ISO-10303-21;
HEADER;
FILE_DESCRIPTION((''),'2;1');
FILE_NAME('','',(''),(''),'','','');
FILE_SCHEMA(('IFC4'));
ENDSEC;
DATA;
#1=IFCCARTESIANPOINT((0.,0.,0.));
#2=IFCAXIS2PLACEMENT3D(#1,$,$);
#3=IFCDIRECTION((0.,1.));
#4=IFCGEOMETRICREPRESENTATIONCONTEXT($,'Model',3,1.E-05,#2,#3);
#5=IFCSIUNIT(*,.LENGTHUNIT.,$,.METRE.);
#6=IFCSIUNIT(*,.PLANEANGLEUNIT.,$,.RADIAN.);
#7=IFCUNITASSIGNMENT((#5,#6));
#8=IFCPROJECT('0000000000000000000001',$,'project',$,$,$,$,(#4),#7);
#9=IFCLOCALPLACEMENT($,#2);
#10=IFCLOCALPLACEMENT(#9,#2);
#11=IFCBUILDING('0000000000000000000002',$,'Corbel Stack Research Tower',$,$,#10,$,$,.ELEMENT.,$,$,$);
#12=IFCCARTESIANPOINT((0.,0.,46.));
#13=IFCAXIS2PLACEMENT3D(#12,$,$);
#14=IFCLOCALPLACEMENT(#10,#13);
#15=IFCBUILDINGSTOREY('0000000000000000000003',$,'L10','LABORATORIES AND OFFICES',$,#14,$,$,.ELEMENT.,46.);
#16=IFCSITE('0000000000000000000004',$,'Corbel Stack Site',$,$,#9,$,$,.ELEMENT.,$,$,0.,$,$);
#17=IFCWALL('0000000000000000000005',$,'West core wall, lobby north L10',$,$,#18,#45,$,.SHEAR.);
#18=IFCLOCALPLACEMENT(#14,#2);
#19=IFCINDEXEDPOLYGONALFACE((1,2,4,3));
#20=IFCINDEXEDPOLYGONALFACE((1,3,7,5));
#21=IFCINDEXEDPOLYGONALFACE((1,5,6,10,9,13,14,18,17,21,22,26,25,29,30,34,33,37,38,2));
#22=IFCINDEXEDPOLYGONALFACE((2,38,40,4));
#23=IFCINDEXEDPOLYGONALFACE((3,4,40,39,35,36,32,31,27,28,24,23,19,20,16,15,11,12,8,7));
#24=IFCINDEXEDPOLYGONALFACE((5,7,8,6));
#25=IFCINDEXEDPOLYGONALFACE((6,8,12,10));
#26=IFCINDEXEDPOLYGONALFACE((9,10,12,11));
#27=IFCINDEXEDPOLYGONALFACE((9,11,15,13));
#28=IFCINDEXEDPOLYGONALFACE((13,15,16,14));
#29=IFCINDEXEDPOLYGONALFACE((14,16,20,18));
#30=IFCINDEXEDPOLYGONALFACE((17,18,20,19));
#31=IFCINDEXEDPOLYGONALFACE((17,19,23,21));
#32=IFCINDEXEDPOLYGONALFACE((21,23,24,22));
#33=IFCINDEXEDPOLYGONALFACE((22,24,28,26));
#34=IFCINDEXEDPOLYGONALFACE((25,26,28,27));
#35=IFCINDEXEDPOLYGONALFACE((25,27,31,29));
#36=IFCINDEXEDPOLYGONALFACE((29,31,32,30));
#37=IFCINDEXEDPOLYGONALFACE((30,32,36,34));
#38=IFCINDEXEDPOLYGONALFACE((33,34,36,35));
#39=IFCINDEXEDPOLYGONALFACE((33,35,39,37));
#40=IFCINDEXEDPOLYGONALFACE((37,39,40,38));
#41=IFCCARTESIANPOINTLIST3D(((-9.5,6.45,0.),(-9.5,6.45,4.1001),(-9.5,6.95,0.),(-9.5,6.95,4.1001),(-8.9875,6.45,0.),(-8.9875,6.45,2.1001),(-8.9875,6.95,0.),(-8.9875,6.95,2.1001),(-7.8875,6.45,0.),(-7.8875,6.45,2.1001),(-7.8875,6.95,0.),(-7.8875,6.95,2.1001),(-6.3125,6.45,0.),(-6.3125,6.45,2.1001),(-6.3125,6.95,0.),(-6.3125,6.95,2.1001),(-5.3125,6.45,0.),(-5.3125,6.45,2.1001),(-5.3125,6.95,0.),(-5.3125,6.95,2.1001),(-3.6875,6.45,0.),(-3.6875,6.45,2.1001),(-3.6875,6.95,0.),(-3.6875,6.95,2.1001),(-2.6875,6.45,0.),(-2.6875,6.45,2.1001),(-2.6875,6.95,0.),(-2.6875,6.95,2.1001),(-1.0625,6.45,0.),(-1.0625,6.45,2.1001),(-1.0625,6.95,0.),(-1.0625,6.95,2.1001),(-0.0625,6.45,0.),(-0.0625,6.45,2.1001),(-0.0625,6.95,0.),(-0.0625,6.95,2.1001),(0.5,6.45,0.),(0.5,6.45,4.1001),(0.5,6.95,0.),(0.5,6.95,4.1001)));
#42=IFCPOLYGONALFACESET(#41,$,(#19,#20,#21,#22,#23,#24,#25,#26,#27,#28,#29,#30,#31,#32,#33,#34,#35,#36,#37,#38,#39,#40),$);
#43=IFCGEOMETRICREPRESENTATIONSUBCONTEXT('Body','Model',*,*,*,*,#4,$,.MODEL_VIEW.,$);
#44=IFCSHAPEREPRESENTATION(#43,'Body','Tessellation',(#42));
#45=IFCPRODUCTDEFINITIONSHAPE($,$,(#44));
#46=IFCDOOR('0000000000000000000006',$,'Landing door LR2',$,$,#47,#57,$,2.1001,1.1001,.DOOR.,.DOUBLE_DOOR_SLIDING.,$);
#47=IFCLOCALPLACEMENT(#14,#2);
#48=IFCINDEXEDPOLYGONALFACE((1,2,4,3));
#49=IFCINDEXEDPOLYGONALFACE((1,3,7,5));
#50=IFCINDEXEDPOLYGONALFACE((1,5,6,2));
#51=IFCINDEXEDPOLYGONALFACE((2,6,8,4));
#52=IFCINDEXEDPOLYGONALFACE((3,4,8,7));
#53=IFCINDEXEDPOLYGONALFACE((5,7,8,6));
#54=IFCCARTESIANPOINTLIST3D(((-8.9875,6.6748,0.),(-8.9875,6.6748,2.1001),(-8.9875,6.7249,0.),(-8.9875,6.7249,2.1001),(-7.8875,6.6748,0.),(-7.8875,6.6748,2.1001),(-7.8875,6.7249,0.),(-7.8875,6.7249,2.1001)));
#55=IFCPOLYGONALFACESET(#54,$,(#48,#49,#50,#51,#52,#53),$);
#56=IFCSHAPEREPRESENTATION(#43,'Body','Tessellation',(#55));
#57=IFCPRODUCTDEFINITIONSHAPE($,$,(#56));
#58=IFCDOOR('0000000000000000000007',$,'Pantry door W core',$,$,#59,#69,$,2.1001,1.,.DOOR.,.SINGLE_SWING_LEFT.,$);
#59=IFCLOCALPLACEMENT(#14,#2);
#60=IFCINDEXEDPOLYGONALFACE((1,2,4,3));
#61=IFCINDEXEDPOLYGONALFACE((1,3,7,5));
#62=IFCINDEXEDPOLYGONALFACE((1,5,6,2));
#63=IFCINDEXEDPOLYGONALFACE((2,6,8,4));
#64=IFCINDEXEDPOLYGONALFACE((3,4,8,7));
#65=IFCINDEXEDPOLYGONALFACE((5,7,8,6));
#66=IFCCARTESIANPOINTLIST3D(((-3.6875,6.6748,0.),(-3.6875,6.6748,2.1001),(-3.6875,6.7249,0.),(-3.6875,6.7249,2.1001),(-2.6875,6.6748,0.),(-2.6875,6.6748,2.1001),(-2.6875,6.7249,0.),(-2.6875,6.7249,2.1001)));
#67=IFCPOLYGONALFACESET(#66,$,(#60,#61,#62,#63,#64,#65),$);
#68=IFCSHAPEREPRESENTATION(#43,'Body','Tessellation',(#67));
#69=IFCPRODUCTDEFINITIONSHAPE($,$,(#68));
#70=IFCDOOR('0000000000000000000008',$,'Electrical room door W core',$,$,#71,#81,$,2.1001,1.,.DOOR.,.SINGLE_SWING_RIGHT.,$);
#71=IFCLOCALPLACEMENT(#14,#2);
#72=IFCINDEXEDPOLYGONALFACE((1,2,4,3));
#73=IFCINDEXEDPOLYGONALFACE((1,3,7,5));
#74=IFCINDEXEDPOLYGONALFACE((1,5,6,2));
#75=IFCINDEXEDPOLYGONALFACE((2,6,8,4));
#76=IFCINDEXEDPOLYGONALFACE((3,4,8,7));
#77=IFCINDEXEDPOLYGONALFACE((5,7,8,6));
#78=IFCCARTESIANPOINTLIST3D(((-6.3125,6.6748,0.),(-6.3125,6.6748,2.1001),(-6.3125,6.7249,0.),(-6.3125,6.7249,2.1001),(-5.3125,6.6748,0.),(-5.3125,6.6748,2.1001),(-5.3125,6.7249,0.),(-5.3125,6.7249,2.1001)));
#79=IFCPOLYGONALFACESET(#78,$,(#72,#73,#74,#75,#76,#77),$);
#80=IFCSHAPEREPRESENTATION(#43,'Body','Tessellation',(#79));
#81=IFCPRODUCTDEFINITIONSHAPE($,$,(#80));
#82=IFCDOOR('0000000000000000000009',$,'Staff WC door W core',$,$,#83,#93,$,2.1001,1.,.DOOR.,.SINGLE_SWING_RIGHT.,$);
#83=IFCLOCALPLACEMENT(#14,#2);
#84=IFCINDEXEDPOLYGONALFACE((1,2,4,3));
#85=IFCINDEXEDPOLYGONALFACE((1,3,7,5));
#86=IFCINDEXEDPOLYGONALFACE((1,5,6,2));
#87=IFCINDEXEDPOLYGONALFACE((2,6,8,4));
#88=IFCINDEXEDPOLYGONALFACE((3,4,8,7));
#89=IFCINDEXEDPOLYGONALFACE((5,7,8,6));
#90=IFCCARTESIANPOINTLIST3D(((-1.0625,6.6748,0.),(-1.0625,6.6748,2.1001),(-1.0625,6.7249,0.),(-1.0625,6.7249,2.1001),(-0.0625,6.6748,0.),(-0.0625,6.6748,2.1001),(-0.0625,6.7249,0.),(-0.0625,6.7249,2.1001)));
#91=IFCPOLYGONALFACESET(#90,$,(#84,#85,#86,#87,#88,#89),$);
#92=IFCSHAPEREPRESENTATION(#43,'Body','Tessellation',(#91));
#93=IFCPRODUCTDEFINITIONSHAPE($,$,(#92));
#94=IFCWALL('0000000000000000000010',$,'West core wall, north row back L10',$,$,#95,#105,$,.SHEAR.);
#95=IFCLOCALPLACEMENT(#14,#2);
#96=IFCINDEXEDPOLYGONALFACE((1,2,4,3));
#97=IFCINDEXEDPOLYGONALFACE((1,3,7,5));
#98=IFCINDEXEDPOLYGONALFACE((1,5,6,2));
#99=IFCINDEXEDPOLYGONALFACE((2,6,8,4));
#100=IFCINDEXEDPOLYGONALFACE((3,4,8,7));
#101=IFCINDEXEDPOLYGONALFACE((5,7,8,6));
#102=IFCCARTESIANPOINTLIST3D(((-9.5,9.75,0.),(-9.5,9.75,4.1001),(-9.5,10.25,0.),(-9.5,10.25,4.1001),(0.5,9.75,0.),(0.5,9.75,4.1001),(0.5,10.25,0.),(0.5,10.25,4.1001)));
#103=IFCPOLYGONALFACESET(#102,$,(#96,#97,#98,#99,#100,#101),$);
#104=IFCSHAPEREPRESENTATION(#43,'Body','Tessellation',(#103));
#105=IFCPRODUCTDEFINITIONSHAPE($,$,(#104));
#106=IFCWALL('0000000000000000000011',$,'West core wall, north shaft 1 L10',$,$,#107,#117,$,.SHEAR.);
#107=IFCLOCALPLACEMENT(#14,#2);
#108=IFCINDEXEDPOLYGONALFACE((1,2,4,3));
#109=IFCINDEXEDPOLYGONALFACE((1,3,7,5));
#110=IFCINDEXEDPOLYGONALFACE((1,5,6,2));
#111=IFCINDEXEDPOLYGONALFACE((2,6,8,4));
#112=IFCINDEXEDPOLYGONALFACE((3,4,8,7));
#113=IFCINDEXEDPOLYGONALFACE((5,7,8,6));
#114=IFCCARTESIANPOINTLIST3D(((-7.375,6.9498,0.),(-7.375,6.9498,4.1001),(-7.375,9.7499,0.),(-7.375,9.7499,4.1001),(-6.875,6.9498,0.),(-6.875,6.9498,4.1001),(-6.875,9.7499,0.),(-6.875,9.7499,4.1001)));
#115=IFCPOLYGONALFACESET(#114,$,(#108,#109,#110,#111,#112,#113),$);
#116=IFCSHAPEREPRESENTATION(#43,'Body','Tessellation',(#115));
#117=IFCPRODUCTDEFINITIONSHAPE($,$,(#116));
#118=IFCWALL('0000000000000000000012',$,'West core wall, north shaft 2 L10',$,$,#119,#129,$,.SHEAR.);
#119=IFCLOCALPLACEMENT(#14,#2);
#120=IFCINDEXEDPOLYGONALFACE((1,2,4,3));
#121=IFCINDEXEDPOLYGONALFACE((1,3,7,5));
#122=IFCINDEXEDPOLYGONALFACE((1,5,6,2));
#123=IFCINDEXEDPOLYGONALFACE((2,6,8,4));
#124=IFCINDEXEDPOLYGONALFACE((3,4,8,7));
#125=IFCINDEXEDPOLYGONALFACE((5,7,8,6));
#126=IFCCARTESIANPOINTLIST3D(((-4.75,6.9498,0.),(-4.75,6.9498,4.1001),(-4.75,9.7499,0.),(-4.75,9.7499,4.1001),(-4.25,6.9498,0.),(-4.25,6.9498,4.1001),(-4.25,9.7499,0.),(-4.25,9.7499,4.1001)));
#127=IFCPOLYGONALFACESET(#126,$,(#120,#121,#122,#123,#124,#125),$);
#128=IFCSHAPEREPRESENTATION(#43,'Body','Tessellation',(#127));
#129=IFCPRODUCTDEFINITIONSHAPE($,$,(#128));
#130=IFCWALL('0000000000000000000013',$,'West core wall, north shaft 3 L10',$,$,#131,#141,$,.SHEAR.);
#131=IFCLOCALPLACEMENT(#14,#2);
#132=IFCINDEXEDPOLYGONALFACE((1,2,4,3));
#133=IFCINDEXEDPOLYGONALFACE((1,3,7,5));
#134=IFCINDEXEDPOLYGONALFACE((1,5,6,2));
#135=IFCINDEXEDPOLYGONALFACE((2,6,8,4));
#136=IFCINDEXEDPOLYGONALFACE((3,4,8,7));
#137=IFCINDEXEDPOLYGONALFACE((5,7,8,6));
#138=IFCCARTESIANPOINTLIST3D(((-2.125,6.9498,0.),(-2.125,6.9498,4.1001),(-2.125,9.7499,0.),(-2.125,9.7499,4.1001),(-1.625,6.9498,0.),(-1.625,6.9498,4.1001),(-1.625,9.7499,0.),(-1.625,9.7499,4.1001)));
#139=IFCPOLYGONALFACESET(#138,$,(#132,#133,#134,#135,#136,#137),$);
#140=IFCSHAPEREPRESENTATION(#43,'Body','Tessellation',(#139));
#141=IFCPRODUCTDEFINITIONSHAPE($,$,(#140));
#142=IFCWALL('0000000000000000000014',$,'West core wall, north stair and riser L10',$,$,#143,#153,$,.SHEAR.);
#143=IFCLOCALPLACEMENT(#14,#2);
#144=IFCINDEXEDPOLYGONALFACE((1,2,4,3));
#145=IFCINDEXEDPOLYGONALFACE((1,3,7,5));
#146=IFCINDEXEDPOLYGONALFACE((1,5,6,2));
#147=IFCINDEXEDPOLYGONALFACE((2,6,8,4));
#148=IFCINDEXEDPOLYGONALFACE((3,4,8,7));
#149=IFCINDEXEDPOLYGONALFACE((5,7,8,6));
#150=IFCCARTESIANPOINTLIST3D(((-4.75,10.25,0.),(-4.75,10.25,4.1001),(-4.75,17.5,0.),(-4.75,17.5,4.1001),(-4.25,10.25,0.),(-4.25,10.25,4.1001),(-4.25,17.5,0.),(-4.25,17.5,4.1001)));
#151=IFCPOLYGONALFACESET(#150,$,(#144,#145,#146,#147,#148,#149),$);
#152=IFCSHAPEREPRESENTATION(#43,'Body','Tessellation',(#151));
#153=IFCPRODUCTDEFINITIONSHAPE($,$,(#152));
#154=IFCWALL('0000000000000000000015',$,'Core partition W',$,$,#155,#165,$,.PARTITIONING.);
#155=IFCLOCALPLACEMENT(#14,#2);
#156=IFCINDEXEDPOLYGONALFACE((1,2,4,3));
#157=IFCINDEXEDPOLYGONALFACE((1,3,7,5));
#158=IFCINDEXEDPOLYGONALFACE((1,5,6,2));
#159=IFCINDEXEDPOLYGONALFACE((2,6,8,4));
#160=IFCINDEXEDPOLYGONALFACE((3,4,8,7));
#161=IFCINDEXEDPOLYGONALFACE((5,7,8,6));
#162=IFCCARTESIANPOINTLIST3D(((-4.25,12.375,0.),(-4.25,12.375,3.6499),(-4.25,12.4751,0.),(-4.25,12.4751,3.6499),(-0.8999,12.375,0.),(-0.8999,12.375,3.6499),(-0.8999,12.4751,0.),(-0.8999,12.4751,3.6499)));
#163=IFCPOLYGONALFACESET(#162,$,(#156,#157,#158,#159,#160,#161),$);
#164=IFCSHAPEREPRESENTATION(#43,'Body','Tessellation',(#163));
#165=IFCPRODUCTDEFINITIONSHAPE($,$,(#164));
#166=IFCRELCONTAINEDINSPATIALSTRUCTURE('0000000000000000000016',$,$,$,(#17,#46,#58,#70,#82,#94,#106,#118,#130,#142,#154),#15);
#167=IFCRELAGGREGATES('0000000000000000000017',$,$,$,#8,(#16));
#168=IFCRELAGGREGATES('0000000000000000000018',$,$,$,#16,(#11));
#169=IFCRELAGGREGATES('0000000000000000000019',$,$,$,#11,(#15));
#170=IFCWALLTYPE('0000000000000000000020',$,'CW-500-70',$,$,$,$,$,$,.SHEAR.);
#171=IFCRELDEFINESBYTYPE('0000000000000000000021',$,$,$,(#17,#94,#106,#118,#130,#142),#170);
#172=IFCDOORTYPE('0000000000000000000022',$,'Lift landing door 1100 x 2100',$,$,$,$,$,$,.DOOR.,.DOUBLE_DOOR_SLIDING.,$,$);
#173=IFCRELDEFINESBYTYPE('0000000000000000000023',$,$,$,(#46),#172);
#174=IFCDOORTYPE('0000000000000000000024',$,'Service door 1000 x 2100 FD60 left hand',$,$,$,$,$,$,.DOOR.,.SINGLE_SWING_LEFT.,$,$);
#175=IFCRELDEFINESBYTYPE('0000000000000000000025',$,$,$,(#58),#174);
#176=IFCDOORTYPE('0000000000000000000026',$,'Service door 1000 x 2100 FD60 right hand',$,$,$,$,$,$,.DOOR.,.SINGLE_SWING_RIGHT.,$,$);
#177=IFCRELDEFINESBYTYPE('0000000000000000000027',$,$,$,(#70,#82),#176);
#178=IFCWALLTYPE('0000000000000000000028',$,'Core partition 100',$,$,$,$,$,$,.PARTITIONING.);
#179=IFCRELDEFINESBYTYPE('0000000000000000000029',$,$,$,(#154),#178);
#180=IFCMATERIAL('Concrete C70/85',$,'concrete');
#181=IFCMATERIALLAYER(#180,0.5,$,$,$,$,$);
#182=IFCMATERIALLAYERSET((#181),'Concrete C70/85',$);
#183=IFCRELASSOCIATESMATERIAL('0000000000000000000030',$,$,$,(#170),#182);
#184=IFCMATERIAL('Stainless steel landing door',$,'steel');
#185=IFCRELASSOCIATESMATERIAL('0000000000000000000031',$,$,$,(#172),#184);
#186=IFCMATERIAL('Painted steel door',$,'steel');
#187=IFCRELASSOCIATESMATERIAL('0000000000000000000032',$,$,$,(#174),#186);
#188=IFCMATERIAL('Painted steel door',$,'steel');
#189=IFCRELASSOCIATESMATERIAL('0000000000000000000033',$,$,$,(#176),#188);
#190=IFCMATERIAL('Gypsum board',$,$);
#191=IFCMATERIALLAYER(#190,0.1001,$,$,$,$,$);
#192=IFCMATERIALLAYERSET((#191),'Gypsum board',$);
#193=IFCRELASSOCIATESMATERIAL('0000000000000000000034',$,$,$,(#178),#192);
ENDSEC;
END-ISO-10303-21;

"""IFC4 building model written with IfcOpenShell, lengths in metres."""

from ifc_helpers import new_model, si_unit, direction, frame, frame_2d, origin, place, context, subcontext, project, spatial, rectangle, extrude, material, layer, layer_set, type_object, element, fill, save


model = new_model("IFC4")

# Units and contexts
model_context = context("Model", 3, precision=1e-05, world=origin(), true_north=direction((0.0, 1.0)))
body_context = subcontext(model_context, "Body", "Model", "MODEL_VIEW")
ifc_project = project(units=[si_unit("LENGTHUNIT", "METRE"), si_unit("PLANEANGLEUNIT", "RADIAN")], contexts=[model_context])

# Site, building, storey
site_placement = place(None, origin())
site = spatial("IfcSite", under=ifc_project, at=site_placement, Name="Corbel Stack Site", CompositionType="ELEMENT", RefElevation=0.0)
building_placement = place(site_placement, origin())
building = spatial("IfcBuilding", under=site, at=building_placement, Name="Corbel Stack Research Tower", CompositionType="ELEMENT")
storey_placement = place(building_placement, frame((0.0, 0.0, 46.0)))
storey = spatial("IfcBuildingStorey", under=building, at=storey_placement, Name="L10", Description="LABORATORIES AND OFFICES", CompositionType="ELEMENT", Elevation=46.0)

# Wall, openings, doors
ifc_material_1 = material(Name="Concrete C70/85", Category="concrete")
ifc_layer_1 = layer(ifc_material_1, 0.5)
ifc_layer_set_1 = layer_set([ifc_layer_1], Name="Concrete C70/85")
wall_type_1 = type_object("IfcWallType", Name="CW-500-70", PredefinedType="SHEAR", material=ifc_layer_set_1)
ifc_material_2 = material(Name="Stainless steel landing door", Category="steel")
door_type_1 = type_object("IfcDoorType", Name="Lift landing door 1100 x 2100", OperationType="DOUBLE_DOOR_SLIDING", PredefinedType="DOOR", material=ifc_material_2)
wall_1_placement = place(storey_placement, frame((-9.5, 6.7, 0.0), z_axis=(0.0, 0.0, 1.0), x_axis=(1.0, 0.0, 0.0)))
wall_1 = element("IfcWall", 1, at=wall_1_placement, inside=storey, type_object=wall_type_1, Name="West core wall, lobby north L10", PredefinedType="SHEAR", context=body_context, shape_type="SweptSolid", body=[
    extrude(rectangle(XDim=10.0, YDim=0.5, at=frame_2d((5.0, 0.0))), origin(), (0.0, 0.0, 1.0), 4.1001),
])
opening_1_placement = place(wall_1_placement, frame((0.5125, 0.0, 0.0)))
opening_1 = element("IfcOpeningElement", 2, at=opening_1_placement, cuts=wall_1, PredefinedType="OPENING", context=body_context, shape_type="SweptSolid", body=[
    extrude(rectangle(XDim=1.1001, YDim=2.1001, at=frame_2d((0.55, 1.05))), frame((0.0, 0.26, 0.0), z_axis=(0.0, -1.0, 0.0), x_axis=(1.0, 0.0, 0.0)), (0.0, 0.0, 1.0), 0.52),
])
opening_2_placement = place(wall_1_placement, frame((3.1875, 0.0, 0.0)))
opening_2 = element("IfcOpeningElement", 3, at=opening_2_placement, cuts=wall_1, PredefinedType="OPENING", context=body_context, shape_type="SweptSolid", body=[
    extrude(rectangle(XDim=1.0, YDim=2.1001, at=frame_2d((0.5, 1.05))), frame((0.0, 0.26, 0.0), z_axis=(0.0, -1.0, 0.0), x_axis=(1.0, 0.0, 0.0)), (0.0, 0.0, 1.0), 0.52),
])
opening_3_placement = place(wall_1_placement, frame((5.8125, 0.0, 0.0)))
opening_3 = element("IfcOpeningElement", 4, at=opening_3_placement, cuts=wall_1, PredefinedType="OPENING", context=body_context, shape_type="SweptSolid", body=[
    extrude(rectangle(XDim=1.0, YDim=2.1001, at=frame_2d((0.5, 1.05))), frame((0.0, 0.26, 0.0), z_axis=(0.0, -1.0, 0.0), x_axis=(1.0, 0.0, 0.0)), (0.0, 0.0, 1.0), 0.52),
])
opening_4_placement = place(wall_1_placement, frame((8.4375, 0.0, 0.0)))
opening_4 = element("IfcOpeningElement", 5, at=opening_4_placement, cuts=wall_1, PredefinedType="OPENING", context=body_context, shape_type="SweptSolid", body=[
    extrude(rectangle(XDim=1.0, YDim=2.1001, at=frame_2d((0.5, 1.05))), frame((0.0, 0.26, 0.0), z_axis=(0.0, -1.0, 0.0), x_axis=(1.0, 0.0, 0.0)), (0.0, 0.0, 1.0), 0.52),
])
door_1_placement = place(opening_1_placement, origin())
door_1 = element("IfcDoor", 6, at=door_1_placement, inside=storey, type_object=door_type_1, Name="Landing door LR2", OperationType="DOUBLE_DOOR_SLIDING", OverallHeight=2.1001, OverallWidth=1.1001, PredefinedType="DOOR", context=body_context, shape_type="SweptSolid", body=[
    extrude(rectangle(XDim=1.1001, YDim=2.1001, at=frame_2d((0.55, 1.05))), frame((0.0, 0.0249, 0.0), z_axis=(0.0, -1.0, 0.0), x_axis=(1.0, 0.0, 0.0)), (0.0, 0.0, 1.0), 0.05),
])
fill(opening_1, door_1)
ifc_material_3 = material(Name="Painted steel door", Category="steel")
door_type_2 = type_object("IfcDoorType", Name="Service door 1000 x 2100 FD60 left hand", OperationType="SINGLE_SWING_LEFT", PredefinedType="DOOR", material=ifc_material_3)
door_2_placement = place(opening_3_placement, origin())
door_2 = element("IfcDoor", 7, at=door_2_placement, inside=storey, type_object=door_type_2, Name="Pantry door W core", OperationType="SINGLE_SWING_LEFT", OverallHeight=2.1001, OverallWidth=1.0, PredefinedType="DOOR", context=body_context, shape_type="SweptSolid", body=[
    extrude(rectangle(XDim=1.0, YDim=2.1001, at=frame_2d((0.5, 1.05))), frame((0.0, 0.0249, 0.0), z_axis=(0.0, -1.0, 0.0), x_axis=(1.0, 0.0, 0.0)), (0.0, 0.0, 1.0), 0.05),
])
fill(opening_3, door_2)
ifc_material_4 = material(Name="Painted steel door", Category="steel")
door_type_3 = type_object("IfcDoorType", Name="Service door 1000 x 2100 FD60 right hand", OperationType="SINGLE_SWING_RIGHT", PredefinedType="DOOR", material=ifc_material_4)
door_3_placement = place(opening_2_placement, origin())
door_3 = element("IfcDoor", 8, at=door_3_placement, inside=storey, type_object=door_type_3, Name="Electrical room door W core", OperationType="SINGLE_SWING_RIGHT", OverallHeight=2.1001, OverallWidth=1.0, PredefinedType="DOOR", context=body_context, shape_type="SweptSolid", body=[
    extrude(rectangle(XDim=1.0, YDim=2.1001, at=frame_2d((0.5, 1.05))), frame((0.0, 0.0249, 0.0), z_axis=(0.0, -1.0, 0.0), x_axis=(1.0, 0.0, 0.0)), (0.0, 0.0, 1.0), 0.05),
])
fill(opening_2, door_3)
door_4_placement = place(opening_4_placement, origin())
door_4 = element("IfcDoor", 9, at=door_4_placement, inside=storey, type_object=door_type_3, Name="Staff WC door W core", OperationType="SINGLE_SWING_RIGHT", OverallHeight=2.1001, OverallWidth=1.0, PredefinedType="DOOR", context=body_context, shape_type="SweptSolid", body=[
    extrude(rectangle(XDim=1.0, YDim=2.1001, at=frame_2d((0.5, 1.05))), frame((0.0, 0.0249, 0.0), z_axis=(0.0, -1.0, 0.0), x_axis=(1.0, 0.0, 0.0)), (0.0, 0.0, 1.0), 0.05),
])
fill(opening_4, door_4)

# Walls
wall_2_placement = place(storey_placement, frame((-9.5, 10.0, 0.0), z_axis=(0.0, 0.0, 1.0), x_axis=(1.0, 0.0, 0.0)))
element("IfcWall", 10, at=wall_2_placement, inside=storey, type_object=wall_type_1, Name="West core wall, north row back L10", PredefinedType="SHEAR", context=body_context, shape_type="SweptSolid", body=[
    extrude(rectangle(XDim=10.0, YDim=0.5, at=frame_2d((5.0, 0.0))), origin(), (0.0, 0.0, 1.0), 4.1001),
])
for number, where, z_axis, x_axis, name in (
    (11, (-7.125, 6.95, 0.0), (0.0, 0.0, 1.0), (0.0, 1.0, 0.0), "West core wall, north shaft 1 L10"),
    (12, (-4.5, 6.95, 0.0), (0.0, 0.0, 1.0), (0.0, 1.0, 0.0), "West core wall, north shaft 2 L10"),
    (13, (-1.875, 6.95, 0.0), (0.0, 0.0, 1.0), (0.0, 1.0, 0.0), "West core wall, north shaft 3 L10"),
):
    element("IfcWall", number, at=place(storey_placement, frame(where, z_axis=z_axis, x_axis=x_axis)), inside=storey, type_object=wall_type_1, Name=name, PredefinedType="SHEAR", context=body_context, shape_type="SweptSolid", body=[
        extrude(rectangle(XDim=2.8, YDim=0.5, at=frame_2d((1.3999, 0.0))), origin(), (0.0, 0.0, 1.0), 4.1001),
    ])
wall_3_placement = place(storey_placement, frame((-4.5, 10.25, 0.0), z_axis=(0.0, 0.0, 1.0), x_axis=(0.0, 1.0, 0.0)))
element("IfcWall", 14, at=wall_3_placement, inside=storey, type_object=wall_type_1, Name="West core wall, north stair and riser L10", PredefinedType="SHEAR", context=body_context, shape_type="SweptSolid", body=[
    extrude(rectangle(XDim=7.25, YDim=0.5, at=frame_2d((3.625, 0.0))), origin(), (0.0, 0.0, 1.0), 4.1001),
])
ifc_material_5 = material(Name="Gypsum board")
ifc_layer_2 = layer(ifc_material_5, 0.1001)
ifc_layer_set_2 = layer_set([ifc_layer_2], Name="Gypsum board")
wall_type_2 = type_object("IfcWallType", Name="Core partition 100", PredefinedType="PARTITIONING", material=ifc_layer_set_2)
wall_4_placement = place(storey_placement, frame((-4.25, 12.425, 0.0), z_axis=(0.0, 0.0, 1.0), x_axis=(1.0, 0.0, 0.0)))
element("IfcWall", 15, at=wall_4_placement, inside=storey, type_object=wall_type_2, Name="Core partition W", PredefinedType="PARTITIONING", context=body_context, shape_type="SweptSolid", body=[
    extrude(rectangle(XDim=3.3501, YDim=0.1001, at=frame_2d((1.675, 0.0))), origin(), (0.0, 0.0, 1.0), 3.6499),
])

save(model, "model.ifc")
